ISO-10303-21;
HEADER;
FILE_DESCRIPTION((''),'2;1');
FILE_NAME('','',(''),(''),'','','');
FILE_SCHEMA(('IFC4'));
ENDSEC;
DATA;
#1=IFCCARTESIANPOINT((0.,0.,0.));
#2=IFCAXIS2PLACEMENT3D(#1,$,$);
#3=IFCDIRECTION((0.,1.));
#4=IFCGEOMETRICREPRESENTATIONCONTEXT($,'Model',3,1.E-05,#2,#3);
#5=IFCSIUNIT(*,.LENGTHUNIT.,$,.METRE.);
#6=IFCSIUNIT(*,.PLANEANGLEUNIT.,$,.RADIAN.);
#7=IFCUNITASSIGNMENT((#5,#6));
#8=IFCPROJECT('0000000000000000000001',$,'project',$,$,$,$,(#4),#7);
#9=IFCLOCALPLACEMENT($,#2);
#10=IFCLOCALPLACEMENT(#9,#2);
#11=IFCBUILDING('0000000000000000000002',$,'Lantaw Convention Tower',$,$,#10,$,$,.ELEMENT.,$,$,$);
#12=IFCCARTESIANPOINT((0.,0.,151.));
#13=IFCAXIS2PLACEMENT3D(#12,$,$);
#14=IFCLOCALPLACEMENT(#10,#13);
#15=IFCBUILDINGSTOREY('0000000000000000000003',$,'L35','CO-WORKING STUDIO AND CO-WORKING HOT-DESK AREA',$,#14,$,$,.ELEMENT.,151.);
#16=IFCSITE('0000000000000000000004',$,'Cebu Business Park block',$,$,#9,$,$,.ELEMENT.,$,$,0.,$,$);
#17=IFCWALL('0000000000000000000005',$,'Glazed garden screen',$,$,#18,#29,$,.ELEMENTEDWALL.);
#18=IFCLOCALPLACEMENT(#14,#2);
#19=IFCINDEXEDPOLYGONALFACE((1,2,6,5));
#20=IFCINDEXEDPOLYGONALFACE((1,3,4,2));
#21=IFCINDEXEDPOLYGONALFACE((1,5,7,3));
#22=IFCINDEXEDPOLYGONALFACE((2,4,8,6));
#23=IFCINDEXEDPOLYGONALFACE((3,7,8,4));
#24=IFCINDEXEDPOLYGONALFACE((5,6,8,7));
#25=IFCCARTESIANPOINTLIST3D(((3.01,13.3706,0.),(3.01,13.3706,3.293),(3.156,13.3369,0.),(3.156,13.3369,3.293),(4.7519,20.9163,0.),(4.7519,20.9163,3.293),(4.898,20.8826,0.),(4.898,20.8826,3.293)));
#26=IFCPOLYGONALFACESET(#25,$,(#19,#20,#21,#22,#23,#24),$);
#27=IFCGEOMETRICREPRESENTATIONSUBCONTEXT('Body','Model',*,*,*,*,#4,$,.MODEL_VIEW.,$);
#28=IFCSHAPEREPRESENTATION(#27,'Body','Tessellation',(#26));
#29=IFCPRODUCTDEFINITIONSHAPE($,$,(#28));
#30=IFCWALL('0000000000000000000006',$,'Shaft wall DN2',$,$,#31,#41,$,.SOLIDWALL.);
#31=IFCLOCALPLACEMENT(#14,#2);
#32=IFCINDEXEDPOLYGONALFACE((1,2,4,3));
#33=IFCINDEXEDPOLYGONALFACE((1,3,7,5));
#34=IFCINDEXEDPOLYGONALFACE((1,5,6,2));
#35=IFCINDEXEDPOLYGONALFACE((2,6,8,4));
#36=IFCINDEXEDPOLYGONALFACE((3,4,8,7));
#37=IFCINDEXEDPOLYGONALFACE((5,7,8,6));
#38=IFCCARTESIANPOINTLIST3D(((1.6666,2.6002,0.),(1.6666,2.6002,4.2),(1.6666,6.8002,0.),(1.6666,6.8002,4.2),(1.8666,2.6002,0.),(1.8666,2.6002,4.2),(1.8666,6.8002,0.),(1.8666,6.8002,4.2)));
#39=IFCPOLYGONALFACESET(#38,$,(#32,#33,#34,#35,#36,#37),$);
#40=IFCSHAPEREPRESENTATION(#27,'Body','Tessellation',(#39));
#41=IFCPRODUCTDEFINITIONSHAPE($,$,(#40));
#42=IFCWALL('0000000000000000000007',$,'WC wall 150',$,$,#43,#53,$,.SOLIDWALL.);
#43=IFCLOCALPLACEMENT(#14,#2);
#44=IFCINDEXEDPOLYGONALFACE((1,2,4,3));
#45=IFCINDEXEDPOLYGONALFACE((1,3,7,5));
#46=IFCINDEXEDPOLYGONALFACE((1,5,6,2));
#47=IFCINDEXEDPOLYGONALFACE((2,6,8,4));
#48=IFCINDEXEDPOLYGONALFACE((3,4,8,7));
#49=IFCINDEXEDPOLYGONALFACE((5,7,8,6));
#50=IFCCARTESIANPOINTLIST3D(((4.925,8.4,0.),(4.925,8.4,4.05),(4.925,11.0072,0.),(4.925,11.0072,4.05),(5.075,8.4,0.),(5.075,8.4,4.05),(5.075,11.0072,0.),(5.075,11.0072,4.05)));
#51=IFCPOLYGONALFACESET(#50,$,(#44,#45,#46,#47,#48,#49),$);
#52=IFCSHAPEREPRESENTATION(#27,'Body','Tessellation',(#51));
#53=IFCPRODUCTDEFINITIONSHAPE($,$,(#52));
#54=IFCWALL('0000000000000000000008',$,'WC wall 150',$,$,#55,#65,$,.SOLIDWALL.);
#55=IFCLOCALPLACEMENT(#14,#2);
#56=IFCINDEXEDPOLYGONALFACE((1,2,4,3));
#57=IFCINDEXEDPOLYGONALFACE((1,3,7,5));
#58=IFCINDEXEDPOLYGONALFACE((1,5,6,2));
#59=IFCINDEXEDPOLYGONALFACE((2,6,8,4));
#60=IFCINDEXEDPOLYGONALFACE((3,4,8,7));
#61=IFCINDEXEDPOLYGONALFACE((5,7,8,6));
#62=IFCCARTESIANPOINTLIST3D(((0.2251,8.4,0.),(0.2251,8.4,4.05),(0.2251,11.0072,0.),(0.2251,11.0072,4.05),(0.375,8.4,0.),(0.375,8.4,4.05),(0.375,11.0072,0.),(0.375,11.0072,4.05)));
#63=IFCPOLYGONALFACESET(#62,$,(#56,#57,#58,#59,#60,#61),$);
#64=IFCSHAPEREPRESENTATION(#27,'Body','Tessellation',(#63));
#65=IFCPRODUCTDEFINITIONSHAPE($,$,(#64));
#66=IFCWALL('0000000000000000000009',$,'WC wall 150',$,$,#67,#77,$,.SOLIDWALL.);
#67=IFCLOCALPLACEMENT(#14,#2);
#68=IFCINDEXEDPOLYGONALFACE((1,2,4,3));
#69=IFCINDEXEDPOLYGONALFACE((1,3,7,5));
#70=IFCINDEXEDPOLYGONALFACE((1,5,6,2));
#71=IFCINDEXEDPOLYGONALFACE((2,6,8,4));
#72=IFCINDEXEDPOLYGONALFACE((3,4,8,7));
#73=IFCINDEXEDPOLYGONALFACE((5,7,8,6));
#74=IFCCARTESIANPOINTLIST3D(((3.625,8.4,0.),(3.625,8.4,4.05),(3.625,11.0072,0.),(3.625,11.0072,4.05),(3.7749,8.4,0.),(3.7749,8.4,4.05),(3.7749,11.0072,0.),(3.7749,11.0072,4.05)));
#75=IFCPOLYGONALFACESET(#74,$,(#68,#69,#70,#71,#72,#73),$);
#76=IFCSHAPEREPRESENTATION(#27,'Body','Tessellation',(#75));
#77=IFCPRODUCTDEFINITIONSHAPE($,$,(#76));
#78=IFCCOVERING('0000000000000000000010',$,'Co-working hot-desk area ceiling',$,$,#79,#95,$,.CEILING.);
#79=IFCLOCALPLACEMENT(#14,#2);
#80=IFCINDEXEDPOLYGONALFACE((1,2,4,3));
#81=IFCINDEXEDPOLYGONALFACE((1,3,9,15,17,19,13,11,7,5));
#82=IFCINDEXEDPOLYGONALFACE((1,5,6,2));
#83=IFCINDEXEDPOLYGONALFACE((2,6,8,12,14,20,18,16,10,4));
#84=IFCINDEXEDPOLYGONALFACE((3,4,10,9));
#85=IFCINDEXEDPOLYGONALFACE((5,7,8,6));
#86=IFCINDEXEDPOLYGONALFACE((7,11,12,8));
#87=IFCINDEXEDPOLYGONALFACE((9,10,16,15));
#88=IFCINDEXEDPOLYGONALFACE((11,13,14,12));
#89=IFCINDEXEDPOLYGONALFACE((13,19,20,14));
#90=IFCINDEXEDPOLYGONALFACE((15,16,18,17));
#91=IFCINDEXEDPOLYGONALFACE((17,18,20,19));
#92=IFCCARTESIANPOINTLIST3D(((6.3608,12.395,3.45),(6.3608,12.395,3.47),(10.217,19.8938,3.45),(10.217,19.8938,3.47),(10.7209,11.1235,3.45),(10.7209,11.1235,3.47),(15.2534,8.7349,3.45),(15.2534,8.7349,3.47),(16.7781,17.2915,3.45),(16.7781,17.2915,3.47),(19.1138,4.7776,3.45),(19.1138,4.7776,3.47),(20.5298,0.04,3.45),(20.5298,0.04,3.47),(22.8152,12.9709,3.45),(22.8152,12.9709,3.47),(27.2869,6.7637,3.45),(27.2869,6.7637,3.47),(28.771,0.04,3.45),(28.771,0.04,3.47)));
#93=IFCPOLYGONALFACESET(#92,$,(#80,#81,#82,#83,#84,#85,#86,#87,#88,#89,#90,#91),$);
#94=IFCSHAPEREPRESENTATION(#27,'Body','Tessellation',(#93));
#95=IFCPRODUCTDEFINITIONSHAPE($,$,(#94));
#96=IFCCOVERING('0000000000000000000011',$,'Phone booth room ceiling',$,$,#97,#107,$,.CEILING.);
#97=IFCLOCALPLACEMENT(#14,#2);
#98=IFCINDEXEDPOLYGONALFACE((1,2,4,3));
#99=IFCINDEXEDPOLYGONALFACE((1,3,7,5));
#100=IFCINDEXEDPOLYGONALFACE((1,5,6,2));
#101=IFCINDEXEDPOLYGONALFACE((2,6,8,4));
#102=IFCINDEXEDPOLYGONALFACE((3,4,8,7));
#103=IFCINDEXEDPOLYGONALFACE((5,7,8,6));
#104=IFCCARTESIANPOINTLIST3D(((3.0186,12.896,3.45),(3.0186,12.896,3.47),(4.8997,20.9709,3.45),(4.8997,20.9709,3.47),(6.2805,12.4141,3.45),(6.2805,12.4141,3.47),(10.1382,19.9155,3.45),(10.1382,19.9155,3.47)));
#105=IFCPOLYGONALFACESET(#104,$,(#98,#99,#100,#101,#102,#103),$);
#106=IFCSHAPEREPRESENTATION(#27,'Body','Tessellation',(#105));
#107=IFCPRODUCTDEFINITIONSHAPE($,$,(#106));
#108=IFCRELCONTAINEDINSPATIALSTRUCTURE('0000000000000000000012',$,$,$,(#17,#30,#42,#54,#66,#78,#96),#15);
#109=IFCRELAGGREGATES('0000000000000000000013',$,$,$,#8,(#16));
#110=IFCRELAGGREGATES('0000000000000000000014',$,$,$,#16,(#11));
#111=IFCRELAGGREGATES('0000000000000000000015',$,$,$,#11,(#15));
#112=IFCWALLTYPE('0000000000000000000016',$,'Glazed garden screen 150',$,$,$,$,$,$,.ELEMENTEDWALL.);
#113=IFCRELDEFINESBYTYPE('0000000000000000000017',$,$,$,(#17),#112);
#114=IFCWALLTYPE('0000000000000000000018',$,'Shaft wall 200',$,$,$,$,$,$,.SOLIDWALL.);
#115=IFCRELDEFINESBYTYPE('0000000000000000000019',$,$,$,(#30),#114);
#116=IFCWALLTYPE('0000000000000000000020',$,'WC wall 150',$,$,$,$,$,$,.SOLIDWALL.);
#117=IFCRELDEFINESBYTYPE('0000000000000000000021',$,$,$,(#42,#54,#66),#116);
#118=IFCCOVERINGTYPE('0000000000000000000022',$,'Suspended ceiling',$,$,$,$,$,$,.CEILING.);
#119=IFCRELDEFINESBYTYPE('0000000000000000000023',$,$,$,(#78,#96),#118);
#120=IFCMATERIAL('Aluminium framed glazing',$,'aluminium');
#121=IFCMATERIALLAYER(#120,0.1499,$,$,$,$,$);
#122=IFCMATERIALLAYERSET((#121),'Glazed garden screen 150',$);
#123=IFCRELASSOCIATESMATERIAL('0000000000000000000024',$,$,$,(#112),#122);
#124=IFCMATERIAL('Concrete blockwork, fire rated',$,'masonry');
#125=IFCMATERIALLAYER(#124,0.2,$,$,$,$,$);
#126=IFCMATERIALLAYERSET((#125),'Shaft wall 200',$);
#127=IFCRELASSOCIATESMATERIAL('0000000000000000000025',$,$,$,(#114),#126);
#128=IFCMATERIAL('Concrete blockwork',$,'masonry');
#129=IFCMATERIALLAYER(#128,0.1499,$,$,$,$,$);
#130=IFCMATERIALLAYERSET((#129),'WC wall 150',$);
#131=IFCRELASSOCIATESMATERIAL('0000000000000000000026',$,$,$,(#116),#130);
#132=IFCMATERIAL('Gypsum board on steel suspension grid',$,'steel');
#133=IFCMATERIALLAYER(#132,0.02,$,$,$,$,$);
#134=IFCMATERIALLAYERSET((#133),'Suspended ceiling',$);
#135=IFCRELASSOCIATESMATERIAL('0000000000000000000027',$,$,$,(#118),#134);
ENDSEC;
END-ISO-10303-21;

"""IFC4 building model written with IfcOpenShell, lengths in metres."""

from ifc_helpers import new_model, si_unit, direction, frame, frame_2d, origin, place, context, subcontext, project, spatial, polyline, rectangle, outline, extrude, material, layer, layer_set, type_object, element, save


model = new_model("IFC4")

# Units and contexts
model_context = context("Model", 3, precision=1e-05, world=origin(), true_north=direction((0.0, 1.0)))
body_context = subcontext(model_context, "Body", "Model", "MODEL_VIEW")
ifc_project = project(units=[si_unit("LENGTHUNIT", "METRE"), si_unit("PLANEANGLEUNIT", "RADIAN")], contexts=[model_context])

# Site, building, storey
site_placement = place(None, origin())
site = spatial("IfcSite", under=ifc_project, at=site_placement, Name="Cebu Business Park block", CompositionType="ELEMENT", RefElevation=0.0)
building_placement = place(site_placement, origin())
building = spatial("IfcBuilding", under=site, at=building_placement, Name="Lantaw Convention Tower", CompositionType="ELEMENT")
storey_placement = place(building_placement, frame((0.0, 0.0, 151.0)))
storey = spatial("IfcBuildingStorey", under=building, at=storey_placement, Name="L35", Description="CO-WORKING STUDIO AND CO-WORKING HOT-DESK AREA", CompositionType="ELEMENT", Elevation=151.0)

# Walls
ifc_material_1 = material(Name="Aluminium framed glazing", Category="aluminium")
ifc_layer_1 = layer(ifc_material_1, 0.1499)
ifc_layer_set_1 = layer_set([ifc_layer_1], Name="Glazed garden screen 150")
wall_type_1 = type_object("IfcWallType", Name="Glazed garden screen 150", PredefinedType="ELEMENTEDWALL", material=ifc_layer_set_1)
wall_1_placement = place(storey_placement, frame((3.083, 13.3538, 0.0), z_axis=(0.0, 0.0, 1.0), x_axis=(0.224938, 0.974373, 0.0)))
element("IfcWall", 1, at=wall_1_placement, inside=storey, type_object=wall_type_1, Name="Glazed garden screen", PredefinedType="ELEMENTEDWALL", context=body_context, shape_type="SweptSolid", body=[
    extrude(rectangle(XDim=7.7441, YDim=0.1499, at=frame_2d((3.8721, 0.0))), origin(), (0.0, 0.0, 1.0), 3.293),
])
ifc_material_2 = material(Name="Concrete blockwork, fire rated", Category="masonry")
ifc_layer_2 = layer(ifc_material_2, 0.2)
ifc_layer_set_2 = layer_set([ifc_layer_2], Name="Shaft wall 200")
wall_type_2 = type_object("IfcWallType", Name="Shaft wall 200", PredefinedType="SOLIDWALL", material=ifc_layer_set_2)
wall_2_placement = place(storey_placement, frame((1.7666, 2.6001, 0.0), z_axis=(0.0, 0.0, 1.0), x_axis=(0.0, 1.0, 0.0)))
element("IfcWall", 2, at=wall_2_placement, inside=storey, type_object=wall_type_2, Name="Shaft wall DN2", PredefinedType="SOLIDWALL", context=body_context, shape_type="SweptSolid", body=[
    extrude(rectangle(XDim=4.2, YDim=0.2, at=frame_2d((2.1001, 0.0))), origin(), (0.0, 0.0, 1.0), 4.2),
])
ifc_material_3 = material(Name="Concrete blockwork", Category="masonry")
ifc_layer_3 = layer(ifc_material_3, 0.1499)
ifc_layer_set_3 = layer_set([ifc_layer_3], Name="WC wall 150")
wall_type_3 = type_object("IfcWallType", Name="WC wall 150", PredefinedType="SOLIDWALL", material=ifc_layer_set_3)
for number, where, z_axis, x_axis, name in (
    (3, (5.0, 8.3999, 0.0), (0.0, 0.0, 1.0), (0.0, 1.0, 0.0), "WC wall 150"),
    (4, (0.3, 8.3999, 0.0), (0.0, 0.0, 1.0), (0.0, 1.0, 0.0), "WC wall 150"),
    (5, (3.7, 8.3999, 0.0), (0.0, 0.0, 1.0), (0.0, 1.0, 0.0), "WC wall 150"),
):
    element("IfcWall", number, at=place(storey_placement, frame(where, z_axis=z_axis, x_axis=x_axis)), inside=storey, type_object=wall_type_3, Name=name, PredefinedType="SOLIDWALL", context=body_context, shape_type="SweptSolid", body=[
        extrude(rectangle(XDim=2.6072, YDim=0.1499, at=frame_2d((1.3037, 0.0))), origin(), (0.0, 0.0, 1.0), 4.05),
    ])

# Coverings
ifc_material_4 = material(Name="Gypsum board on steel suspension grid", Category="steel")
ifc_layer_4 = layer(ifc_material_4, 0.02)
ifc_layer_set_4 = layer_set([ifc_layer_4], Name="Suspended ceiling")
covering_type = type_object("IfcCoveringType", Name="Suspended ceiling", PredefinedType="CEILING", material=ifc_layer_set_4)
covering_1_placement = place(storey_placement, frame((0.0, 0.0, 3.45)))
element("IfcCovering", 6, at=covering_1_placement, inside=storey, type_object=covering_type, Name="Co-working hot-desk area ceiling", PredefinedType="CEILING", context=body_context, shape_type="SweptSolid", body=[
    extrude(outline(polyline([(20.5298, 0.04), (28.771, 0.04), (27.2869, 6.7637), (22.8152, 12.9709), (16.7781, 17.2915), (10.217, 19.8938), (6.3608, 12.395), (10.7209, 11.1235), (15.2534, 8.7349), (19.1138, 4.7776), (20.5298, 0.04)])), origin(), (0.0, 0.0, 1.0), 0.02),
])
covering_2_placement = place(storey_placement, frame((0.0, 0.0, 3.45)))
element("IfcCovering", 7, at=covering_2_placement, inside=storey, type_object=covering_type, Name="Phone booth room ceiling", PredefinedType="CEILING", context=body_context, shape_type="SweptSolid", body=[
    extrude(outline(polyline([(6.2805, 12.4141), (10.1382, 19.9155), (4.8997, 20.9709), (3.0186, 12.896), (6.2805, 12.4141)])), origin(), (0.0, 0.0, 1.0), 0.02),
])

save(model, "model.ifc")
